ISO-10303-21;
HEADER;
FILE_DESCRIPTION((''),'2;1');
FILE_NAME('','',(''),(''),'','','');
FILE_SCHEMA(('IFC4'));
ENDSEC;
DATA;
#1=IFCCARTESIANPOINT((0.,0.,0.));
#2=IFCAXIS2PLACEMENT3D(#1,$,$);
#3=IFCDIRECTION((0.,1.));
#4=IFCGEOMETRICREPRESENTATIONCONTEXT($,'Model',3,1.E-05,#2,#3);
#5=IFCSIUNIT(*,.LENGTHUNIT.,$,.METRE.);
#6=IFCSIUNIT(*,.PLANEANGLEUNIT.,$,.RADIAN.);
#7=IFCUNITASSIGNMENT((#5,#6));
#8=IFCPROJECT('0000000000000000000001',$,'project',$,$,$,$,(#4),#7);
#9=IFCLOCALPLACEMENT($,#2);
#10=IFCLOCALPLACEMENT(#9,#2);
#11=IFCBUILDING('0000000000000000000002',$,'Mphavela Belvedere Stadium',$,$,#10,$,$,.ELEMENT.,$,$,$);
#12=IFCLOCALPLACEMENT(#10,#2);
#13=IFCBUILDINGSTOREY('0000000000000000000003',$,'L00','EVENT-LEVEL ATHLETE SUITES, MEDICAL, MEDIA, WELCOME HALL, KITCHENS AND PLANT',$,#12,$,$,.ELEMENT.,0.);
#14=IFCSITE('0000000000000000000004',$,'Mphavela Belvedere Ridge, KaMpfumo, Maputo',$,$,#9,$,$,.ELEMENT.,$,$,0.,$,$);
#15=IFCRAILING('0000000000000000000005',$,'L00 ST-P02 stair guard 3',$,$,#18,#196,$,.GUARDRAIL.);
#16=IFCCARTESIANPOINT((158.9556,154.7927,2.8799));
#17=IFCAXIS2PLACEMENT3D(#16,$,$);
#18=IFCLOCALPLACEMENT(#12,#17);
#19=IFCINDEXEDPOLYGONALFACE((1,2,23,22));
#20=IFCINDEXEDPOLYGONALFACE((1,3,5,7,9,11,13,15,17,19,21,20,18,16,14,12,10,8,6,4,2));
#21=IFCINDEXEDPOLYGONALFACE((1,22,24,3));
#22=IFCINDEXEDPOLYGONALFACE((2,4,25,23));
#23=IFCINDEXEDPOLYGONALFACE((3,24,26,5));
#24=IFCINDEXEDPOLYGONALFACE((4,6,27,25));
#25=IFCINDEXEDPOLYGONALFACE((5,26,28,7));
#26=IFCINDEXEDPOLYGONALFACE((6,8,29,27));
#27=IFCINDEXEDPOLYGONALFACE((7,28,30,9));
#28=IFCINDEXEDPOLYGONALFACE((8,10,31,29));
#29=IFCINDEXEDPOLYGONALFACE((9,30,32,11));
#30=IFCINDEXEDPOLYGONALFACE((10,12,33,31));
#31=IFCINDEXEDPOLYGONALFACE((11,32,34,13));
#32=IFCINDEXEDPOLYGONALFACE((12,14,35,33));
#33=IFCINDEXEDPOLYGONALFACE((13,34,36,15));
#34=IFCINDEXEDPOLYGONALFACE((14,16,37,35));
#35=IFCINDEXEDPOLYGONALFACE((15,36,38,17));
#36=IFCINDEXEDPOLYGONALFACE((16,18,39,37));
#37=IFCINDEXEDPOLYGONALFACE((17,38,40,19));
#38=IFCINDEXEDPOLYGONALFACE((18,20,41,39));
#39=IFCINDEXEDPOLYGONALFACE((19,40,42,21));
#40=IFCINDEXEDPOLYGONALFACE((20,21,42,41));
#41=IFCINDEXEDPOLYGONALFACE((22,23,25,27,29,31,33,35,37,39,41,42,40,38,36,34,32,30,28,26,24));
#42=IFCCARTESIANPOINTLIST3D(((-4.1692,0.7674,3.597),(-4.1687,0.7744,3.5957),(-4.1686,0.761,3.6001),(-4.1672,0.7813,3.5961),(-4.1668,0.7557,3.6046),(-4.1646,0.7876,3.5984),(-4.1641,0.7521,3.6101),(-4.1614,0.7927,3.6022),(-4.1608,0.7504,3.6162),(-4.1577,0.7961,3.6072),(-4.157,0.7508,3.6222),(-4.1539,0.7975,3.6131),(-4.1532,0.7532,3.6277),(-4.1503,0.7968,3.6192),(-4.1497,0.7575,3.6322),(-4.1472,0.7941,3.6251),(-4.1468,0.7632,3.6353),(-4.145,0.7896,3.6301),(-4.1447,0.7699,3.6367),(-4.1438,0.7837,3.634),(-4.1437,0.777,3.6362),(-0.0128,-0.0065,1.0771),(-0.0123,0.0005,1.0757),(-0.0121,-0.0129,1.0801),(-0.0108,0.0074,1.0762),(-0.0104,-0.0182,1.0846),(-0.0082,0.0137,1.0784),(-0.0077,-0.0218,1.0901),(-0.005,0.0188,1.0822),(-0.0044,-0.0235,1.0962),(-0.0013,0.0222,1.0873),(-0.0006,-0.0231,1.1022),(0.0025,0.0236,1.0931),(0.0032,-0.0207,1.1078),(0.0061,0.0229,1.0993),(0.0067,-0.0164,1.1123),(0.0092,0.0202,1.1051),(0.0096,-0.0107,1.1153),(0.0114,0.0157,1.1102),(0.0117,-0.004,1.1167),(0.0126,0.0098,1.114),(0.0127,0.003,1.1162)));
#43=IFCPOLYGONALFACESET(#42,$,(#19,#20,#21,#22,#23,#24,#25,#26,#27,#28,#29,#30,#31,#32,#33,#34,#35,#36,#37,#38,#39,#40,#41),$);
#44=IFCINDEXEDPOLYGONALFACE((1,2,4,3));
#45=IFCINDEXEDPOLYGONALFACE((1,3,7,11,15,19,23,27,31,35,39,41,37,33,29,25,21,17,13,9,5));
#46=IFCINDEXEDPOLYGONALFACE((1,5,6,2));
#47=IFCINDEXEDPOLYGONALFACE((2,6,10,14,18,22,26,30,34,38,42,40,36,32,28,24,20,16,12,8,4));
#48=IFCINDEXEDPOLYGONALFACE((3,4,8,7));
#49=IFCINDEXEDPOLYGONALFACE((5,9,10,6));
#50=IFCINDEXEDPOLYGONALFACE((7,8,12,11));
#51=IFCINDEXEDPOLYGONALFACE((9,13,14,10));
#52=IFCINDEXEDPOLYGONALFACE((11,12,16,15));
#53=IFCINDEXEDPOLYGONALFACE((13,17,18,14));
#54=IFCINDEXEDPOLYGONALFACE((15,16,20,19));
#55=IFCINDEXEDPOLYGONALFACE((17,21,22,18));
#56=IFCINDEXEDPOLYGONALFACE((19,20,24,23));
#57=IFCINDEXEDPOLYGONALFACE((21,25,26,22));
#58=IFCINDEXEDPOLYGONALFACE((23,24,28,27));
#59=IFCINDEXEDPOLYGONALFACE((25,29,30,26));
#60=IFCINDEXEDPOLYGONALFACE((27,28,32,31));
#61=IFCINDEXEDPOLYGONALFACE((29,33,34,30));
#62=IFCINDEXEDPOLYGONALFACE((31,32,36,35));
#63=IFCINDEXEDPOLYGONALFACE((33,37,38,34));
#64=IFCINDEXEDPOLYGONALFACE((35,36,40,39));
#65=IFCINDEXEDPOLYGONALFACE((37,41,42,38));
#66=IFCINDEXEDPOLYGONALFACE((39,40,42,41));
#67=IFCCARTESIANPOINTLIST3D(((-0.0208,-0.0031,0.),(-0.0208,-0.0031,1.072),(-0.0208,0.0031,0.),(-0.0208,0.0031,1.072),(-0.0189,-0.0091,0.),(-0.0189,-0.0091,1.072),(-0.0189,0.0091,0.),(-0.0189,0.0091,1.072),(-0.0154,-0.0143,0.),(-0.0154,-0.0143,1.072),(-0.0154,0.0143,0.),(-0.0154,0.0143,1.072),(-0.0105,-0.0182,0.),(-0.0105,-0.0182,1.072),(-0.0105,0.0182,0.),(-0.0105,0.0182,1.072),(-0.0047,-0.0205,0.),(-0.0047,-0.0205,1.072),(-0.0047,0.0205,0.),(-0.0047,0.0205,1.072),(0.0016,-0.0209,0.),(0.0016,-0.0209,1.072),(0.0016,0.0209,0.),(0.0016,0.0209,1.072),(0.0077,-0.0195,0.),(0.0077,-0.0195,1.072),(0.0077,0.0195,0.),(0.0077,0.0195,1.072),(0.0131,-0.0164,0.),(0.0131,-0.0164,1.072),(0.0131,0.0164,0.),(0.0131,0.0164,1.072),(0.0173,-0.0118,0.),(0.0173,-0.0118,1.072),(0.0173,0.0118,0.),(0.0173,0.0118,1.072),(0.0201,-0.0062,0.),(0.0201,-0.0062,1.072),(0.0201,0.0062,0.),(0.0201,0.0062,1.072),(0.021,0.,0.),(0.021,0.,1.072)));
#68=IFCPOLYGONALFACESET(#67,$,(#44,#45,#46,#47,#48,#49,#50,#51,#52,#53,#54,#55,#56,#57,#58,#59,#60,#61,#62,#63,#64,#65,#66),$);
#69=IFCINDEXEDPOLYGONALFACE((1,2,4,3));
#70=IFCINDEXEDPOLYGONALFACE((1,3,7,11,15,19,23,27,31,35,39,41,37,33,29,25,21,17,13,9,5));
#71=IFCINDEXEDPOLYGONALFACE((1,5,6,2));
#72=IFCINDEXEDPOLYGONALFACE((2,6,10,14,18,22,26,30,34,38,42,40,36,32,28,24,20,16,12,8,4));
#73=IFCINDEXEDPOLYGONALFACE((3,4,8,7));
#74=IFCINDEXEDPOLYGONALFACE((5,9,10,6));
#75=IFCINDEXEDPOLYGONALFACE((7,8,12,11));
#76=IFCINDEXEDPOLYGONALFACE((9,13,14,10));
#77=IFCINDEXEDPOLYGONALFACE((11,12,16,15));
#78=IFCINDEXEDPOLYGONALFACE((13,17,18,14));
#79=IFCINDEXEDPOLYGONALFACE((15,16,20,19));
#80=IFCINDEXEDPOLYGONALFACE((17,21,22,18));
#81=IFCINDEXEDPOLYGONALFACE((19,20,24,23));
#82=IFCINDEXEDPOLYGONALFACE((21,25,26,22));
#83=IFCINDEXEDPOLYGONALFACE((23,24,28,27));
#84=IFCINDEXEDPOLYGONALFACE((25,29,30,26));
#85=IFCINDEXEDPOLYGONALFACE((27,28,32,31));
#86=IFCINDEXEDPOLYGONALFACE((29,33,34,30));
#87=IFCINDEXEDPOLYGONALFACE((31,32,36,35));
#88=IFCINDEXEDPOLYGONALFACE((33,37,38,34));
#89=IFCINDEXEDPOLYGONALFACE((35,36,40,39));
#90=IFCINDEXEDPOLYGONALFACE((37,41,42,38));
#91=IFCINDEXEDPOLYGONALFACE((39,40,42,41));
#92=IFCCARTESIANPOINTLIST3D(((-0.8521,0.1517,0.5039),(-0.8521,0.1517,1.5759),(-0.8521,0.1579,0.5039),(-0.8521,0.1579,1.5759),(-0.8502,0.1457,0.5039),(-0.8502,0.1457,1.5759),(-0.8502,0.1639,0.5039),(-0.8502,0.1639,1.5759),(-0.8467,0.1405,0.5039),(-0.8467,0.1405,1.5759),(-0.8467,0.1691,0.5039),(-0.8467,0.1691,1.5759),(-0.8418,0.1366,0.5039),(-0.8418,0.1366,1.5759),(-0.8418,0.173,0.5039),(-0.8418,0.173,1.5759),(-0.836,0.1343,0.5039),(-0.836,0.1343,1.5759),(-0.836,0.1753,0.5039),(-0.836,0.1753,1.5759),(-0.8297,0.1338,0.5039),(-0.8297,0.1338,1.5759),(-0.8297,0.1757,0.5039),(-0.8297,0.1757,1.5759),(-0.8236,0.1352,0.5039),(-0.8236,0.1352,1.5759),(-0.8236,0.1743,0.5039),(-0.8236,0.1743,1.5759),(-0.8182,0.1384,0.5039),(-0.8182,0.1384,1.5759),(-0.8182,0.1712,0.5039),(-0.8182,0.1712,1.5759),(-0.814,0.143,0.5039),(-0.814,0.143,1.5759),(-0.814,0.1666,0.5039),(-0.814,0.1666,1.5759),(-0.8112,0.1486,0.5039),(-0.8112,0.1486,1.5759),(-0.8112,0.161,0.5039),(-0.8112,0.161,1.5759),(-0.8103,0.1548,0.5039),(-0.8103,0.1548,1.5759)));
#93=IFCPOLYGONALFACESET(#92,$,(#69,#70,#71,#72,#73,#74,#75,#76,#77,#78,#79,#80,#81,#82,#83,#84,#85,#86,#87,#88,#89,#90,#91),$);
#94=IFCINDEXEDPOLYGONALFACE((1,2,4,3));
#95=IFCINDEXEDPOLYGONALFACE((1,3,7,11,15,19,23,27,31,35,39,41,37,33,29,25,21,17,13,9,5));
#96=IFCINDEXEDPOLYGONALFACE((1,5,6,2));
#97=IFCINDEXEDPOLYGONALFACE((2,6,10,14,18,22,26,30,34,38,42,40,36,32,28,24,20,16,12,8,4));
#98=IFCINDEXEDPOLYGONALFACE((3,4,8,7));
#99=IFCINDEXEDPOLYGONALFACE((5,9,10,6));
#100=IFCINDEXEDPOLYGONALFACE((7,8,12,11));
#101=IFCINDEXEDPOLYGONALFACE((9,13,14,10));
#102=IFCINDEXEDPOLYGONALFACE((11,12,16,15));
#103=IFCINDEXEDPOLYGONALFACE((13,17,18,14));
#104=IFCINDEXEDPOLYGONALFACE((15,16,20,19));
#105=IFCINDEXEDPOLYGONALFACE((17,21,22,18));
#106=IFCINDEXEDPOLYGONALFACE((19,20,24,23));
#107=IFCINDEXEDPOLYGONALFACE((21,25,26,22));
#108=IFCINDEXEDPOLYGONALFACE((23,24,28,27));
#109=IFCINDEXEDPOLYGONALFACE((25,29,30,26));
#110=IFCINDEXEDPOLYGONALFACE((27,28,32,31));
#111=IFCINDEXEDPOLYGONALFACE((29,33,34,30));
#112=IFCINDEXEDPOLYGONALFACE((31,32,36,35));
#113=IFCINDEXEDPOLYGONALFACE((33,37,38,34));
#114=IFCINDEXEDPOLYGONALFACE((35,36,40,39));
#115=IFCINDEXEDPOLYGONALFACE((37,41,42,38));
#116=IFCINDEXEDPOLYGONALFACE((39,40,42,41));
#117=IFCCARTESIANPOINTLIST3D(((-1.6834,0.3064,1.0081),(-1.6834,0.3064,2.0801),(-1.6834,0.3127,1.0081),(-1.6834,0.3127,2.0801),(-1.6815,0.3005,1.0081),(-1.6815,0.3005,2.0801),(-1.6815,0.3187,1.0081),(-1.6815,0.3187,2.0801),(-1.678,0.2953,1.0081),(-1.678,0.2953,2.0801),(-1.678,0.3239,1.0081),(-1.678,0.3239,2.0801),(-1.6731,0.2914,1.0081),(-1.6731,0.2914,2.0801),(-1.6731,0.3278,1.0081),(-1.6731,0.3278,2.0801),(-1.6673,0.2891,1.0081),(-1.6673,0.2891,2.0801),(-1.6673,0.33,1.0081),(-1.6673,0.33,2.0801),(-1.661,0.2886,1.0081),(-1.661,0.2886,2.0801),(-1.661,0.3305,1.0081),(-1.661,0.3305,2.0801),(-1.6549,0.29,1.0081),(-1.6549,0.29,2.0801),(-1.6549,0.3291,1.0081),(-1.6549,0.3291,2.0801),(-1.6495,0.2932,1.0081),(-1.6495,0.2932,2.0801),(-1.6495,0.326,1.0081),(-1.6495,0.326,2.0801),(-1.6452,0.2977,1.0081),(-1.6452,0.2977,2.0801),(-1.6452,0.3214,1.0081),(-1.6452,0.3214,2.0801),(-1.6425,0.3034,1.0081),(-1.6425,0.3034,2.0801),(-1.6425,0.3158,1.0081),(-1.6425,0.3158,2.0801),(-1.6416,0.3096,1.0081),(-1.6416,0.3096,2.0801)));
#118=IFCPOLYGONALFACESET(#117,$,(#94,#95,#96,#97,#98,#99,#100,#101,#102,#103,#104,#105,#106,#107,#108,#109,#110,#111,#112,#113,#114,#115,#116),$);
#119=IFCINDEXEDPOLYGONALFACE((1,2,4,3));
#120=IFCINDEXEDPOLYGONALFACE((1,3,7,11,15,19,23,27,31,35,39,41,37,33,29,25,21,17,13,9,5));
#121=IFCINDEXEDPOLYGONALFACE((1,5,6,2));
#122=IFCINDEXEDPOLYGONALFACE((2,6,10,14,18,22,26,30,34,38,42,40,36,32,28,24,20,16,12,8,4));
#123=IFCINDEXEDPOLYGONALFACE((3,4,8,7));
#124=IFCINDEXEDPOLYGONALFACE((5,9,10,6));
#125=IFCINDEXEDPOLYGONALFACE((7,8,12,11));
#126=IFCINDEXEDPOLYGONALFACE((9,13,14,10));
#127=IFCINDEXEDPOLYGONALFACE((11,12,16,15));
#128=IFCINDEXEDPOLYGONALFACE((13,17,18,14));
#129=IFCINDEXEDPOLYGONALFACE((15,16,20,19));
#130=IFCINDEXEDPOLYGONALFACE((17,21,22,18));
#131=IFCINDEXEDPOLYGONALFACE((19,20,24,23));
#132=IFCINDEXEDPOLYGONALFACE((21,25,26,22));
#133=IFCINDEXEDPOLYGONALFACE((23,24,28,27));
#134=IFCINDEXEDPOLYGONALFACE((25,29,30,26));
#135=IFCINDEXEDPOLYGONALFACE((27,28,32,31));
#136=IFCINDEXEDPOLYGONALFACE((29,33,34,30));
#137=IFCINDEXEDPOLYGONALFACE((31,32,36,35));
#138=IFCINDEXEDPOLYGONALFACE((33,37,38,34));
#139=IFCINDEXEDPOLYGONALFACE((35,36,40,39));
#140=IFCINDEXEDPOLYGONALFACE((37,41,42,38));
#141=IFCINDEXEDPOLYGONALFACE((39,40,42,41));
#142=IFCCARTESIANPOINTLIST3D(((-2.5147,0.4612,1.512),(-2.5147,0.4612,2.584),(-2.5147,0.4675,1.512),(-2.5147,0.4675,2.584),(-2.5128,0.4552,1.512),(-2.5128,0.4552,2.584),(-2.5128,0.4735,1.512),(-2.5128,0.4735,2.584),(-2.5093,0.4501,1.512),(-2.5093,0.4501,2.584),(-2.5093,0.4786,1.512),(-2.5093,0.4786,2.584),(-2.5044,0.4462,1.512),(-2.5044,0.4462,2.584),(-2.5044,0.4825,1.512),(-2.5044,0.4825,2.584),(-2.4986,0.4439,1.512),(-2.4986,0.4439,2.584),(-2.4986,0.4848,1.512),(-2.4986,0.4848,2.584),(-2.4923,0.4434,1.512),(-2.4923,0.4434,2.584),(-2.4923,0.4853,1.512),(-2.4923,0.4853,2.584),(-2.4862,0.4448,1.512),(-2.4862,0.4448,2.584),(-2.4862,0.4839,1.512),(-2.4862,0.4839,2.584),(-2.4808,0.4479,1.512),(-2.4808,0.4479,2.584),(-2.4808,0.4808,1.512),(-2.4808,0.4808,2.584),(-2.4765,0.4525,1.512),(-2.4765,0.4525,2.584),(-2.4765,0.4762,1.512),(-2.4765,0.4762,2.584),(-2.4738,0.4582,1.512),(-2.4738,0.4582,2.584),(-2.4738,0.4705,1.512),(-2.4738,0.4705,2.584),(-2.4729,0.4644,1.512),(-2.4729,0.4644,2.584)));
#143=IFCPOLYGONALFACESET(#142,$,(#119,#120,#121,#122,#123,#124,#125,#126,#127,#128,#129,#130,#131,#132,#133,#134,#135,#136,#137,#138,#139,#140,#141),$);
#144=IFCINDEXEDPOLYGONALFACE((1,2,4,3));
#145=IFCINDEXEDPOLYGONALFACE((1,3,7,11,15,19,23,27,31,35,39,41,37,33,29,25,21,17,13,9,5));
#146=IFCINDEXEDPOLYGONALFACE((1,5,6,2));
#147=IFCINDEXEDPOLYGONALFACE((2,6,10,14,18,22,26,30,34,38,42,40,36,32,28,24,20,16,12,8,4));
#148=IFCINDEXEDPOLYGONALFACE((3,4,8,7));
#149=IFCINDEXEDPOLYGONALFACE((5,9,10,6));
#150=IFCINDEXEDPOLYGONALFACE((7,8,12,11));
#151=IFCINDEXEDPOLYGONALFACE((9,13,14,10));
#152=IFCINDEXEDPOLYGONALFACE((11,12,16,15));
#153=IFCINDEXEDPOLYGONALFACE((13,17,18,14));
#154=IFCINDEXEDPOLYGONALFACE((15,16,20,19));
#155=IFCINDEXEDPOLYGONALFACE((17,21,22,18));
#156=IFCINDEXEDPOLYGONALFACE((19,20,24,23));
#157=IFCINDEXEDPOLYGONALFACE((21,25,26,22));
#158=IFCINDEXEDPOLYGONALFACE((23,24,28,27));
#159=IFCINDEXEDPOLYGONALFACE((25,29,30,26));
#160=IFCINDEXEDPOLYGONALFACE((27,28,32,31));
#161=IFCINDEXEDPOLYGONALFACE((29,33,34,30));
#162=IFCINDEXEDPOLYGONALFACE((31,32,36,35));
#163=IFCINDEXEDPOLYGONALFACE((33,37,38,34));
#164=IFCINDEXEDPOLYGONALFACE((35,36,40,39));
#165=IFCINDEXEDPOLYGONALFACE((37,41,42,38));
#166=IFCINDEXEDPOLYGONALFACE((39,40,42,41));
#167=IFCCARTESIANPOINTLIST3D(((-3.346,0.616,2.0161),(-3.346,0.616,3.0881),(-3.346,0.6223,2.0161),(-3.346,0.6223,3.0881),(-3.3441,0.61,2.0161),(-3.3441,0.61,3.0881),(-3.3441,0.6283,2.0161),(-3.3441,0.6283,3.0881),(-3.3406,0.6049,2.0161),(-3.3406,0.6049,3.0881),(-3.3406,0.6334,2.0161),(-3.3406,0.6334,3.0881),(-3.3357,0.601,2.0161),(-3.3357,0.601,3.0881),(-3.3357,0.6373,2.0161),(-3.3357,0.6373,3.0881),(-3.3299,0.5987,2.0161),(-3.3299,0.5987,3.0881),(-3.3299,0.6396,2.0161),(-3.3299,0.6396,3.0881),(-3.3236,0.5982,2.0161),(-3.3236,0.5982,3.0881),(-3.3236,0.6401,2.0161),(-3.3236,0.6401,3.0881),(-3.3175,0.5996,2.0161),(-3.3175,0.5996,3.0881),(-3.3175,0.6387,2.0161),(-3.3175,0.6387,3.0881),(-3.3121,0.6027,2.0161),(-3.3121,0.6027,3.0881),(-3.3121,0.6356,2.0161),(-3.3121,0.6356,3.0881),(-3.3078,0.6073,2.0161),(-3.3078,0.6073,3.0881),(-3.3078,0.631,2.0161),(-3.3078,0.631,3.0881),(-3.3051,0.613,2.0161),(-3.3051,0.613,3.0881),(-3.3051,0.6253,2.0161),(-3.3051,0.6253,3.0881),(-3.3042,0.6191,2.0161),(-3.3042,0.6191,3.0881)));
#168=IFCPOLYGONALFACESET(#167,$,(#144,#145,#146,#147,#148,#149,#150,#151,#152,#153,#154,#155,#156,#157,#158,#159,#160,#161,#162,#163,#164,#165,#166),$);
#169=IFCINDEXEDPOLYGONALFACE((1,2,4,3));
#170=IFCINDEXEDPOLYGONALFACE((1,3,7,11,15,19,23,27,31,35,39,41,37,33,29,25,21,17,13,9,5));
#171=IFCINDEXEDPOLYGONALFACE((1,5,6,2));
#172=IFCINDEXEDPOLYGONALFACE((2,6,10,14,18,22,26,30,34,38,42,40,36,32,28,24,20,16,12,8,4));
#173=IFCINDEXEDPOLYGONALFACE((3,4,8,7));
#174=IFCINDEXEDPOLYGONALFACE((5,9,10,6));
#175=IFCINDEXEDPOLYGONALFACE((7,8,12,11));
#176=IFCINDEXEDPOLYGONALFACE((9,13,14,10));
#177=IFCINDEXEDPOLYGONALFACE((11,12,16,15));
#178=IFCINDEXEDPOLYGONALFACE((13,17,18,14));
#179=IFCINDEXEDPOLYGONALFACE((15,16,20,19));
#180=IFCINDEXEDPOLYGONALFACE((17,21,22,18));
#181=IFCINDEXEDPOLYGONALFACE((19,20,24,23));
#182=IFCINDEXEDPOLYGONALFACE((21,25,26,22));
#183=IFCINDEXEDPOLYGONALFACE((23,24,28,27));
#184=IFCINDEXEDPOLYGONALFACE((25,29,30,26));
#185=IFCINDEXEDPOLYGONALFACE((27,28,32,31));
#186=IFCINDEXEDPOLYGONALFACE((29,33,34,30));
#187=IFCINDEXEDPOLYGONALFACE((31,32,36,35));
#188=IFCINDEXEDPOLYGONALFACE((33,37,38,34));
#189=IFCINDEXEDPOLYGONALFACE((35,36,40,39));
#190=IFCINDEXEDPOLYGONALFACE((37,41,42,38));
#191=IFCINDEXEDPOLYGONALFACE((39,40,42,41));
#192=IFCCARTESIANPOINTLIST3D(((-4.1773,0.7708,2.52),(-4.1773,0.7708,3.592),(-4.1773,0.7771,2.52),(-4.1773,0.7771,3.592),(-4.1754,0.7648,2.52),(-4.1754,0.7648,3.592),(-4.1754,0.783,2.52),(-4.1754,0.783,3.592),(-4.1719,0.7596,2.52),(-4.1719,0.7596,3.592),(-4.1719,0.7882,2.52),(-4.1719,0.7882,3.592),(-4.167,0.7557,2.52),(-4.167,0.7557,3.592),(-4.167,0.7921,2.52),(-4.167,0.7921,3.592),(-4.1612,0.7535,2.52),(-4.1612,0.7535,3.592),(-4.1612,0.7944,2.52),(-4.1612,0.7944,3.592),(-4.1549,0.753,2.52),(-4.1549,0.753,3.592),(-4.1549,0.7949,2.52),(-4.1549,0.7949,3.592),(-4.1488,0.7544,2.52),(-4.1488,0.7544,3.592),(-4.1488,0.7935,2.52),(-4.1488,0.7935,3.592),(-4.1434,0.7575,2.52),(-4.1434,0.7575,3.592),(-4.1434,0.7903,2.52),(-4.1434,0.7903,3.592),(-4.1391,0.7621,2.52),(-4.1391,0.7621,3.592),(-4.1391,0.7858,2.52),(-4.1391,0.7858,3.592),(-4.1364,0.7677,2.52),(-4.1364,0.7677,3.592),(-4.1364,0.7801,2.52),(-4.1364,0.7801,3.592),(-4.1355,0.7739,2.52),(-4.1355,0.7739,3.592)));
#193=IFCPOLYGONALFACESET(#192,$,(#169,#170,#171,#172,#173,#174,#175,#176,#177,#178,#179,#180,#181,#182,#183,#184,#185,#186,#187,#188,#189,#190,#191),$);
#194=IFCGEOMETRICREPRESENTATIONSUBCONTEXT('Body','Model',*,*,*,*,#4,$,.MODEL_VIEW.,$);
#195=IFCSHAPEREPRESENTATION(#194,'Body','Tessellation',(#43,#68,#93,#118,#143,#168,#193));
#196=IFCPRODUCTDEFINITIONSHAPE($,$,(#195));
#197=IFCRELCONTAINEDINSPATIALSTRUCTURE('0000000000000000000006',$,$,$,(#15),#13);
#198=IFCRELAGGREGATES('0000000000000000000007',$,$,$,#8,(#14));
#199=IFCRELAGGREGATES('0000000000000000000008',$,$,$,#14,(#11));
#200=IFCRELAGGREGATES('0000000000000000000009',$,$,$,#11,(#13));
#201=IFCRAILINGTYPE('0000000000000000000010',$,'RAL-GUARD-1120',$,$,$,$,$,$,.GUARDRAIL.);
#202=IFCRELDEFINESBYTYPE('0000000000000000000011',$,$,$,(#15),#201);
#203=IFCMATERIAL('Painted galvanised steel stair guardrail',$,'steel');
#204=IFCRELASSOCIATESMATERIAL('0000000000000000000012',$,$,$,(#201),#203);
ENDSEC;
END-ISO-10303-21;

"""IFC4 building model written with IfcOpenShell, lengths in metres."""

from ifc_helpers import new_model, si_unit, direction, frame, origin, origin_2d, place, context, subcontext, project, spatial, circle, extrude, material, type_object, element, save


model = new_model("IFC4")

# Units and contexts
model_context = context("Model", 3, precision=1e-05, world=origin(), true_north=direction((0.0, 1.0)))
body_context = subcontext(model_context, "Body", "Model", "MODEL_VIEW")
ifc_project = project(units=[si_unit("LENGTHUNIT", "METRE"), si_unit("PLANEANGLEUNIT", "RADIAN")], contexts=[model_context])

# Site, building, storey
site_placement = place(None, origin())
site = spatial("IfcSite", under=ifc_project, at=site_placement, Name="Mphavela Belvedere Ridge, KaMpfumo, Maputo", CompositionType="ELEMENT", RefElevation=0.0)
building_placement = place(site_placement, origin())
building = spatial("IfcBuilding", under=site, at=building_placement, Name="Mphavela Belvedere Stadium", CompositionType="ELEMENT")
storey_placement = place(building_placement, origin())
storey = spatial("IfcBuildingStorey", under=building, at=storey_placement, Name="L00", Description="EVENT-LEVEL ATHLETE SUITES, MEDICAL, MEDIA, WELCOME HALL, KITCHENS AND PLANT", CompositionType="ELEMENT", Elevation=0.0)

# Railing
ifc_material_1 = material(Name="Painted galvanised steel stair guardrail", Category="steel")
railing_type_1 = type_object("IfcRailingType", Name="RAL-GUARD-1120", PredefinedType="GUARDRAIL", material=ifc_material_1)
railing_1_placement = place(storey_placement, frame((158.9556, 154.7927, 2.8799)))
element("IfcRailing", 1, at=railing_1_placement, inside=storey, type_object=railing_type_1, Name="L00 ST-P02 stair guard 3", PredefinedType="GUARDRAIL", context=body_context, shape_type="SweptSolid", body=[
    extrude(circle(Radius=0.0239, at=origin_2d()), frame((0.0, 0.0, 1.0962), z_axis=(-0.844476, 0.157239, 0.511993), x_axis=(-0.183051, -0.983103, 0.0)), (0.0, 0.0, 1.0), 4.9219),
    extrude(circle(Radius=0.021, at=origin_2d()), origin(), (0.0, 0.0, 1.0), 1.072),
    extrude(circle(Radius=0.021, at=origin_2d()), frame((-0.8313, 0.1548, 0.5039)), (0.0, 0.0, 1.0), 1.072),
    extrude(circle(Radius=0.021, at=origin_2d()), frame((-1.6626, 0.3096, 1.0081)), (0.0, 0.0, 1.0), 1.072),
    extrude(circle(Radius=0.021, at=origin_2d()), frame((-2.4939, 0.4644, 1.512)), (0.0, 0.0, 1.0), 1.072),
    extrude(circle(Radius=0.021, at=origin_2d()), frame((-3.3252, 0.6191, 2.0161)), (0.0, 0.0, 1.0), 1.072),
    extrude(circle(Radius=0.021, at=origin_2d()), frame((-4.1565, 0.7739, 2.52)), (0.0, 0.0, 1.0), 1.072),
])

save(model, "model.ifc")
